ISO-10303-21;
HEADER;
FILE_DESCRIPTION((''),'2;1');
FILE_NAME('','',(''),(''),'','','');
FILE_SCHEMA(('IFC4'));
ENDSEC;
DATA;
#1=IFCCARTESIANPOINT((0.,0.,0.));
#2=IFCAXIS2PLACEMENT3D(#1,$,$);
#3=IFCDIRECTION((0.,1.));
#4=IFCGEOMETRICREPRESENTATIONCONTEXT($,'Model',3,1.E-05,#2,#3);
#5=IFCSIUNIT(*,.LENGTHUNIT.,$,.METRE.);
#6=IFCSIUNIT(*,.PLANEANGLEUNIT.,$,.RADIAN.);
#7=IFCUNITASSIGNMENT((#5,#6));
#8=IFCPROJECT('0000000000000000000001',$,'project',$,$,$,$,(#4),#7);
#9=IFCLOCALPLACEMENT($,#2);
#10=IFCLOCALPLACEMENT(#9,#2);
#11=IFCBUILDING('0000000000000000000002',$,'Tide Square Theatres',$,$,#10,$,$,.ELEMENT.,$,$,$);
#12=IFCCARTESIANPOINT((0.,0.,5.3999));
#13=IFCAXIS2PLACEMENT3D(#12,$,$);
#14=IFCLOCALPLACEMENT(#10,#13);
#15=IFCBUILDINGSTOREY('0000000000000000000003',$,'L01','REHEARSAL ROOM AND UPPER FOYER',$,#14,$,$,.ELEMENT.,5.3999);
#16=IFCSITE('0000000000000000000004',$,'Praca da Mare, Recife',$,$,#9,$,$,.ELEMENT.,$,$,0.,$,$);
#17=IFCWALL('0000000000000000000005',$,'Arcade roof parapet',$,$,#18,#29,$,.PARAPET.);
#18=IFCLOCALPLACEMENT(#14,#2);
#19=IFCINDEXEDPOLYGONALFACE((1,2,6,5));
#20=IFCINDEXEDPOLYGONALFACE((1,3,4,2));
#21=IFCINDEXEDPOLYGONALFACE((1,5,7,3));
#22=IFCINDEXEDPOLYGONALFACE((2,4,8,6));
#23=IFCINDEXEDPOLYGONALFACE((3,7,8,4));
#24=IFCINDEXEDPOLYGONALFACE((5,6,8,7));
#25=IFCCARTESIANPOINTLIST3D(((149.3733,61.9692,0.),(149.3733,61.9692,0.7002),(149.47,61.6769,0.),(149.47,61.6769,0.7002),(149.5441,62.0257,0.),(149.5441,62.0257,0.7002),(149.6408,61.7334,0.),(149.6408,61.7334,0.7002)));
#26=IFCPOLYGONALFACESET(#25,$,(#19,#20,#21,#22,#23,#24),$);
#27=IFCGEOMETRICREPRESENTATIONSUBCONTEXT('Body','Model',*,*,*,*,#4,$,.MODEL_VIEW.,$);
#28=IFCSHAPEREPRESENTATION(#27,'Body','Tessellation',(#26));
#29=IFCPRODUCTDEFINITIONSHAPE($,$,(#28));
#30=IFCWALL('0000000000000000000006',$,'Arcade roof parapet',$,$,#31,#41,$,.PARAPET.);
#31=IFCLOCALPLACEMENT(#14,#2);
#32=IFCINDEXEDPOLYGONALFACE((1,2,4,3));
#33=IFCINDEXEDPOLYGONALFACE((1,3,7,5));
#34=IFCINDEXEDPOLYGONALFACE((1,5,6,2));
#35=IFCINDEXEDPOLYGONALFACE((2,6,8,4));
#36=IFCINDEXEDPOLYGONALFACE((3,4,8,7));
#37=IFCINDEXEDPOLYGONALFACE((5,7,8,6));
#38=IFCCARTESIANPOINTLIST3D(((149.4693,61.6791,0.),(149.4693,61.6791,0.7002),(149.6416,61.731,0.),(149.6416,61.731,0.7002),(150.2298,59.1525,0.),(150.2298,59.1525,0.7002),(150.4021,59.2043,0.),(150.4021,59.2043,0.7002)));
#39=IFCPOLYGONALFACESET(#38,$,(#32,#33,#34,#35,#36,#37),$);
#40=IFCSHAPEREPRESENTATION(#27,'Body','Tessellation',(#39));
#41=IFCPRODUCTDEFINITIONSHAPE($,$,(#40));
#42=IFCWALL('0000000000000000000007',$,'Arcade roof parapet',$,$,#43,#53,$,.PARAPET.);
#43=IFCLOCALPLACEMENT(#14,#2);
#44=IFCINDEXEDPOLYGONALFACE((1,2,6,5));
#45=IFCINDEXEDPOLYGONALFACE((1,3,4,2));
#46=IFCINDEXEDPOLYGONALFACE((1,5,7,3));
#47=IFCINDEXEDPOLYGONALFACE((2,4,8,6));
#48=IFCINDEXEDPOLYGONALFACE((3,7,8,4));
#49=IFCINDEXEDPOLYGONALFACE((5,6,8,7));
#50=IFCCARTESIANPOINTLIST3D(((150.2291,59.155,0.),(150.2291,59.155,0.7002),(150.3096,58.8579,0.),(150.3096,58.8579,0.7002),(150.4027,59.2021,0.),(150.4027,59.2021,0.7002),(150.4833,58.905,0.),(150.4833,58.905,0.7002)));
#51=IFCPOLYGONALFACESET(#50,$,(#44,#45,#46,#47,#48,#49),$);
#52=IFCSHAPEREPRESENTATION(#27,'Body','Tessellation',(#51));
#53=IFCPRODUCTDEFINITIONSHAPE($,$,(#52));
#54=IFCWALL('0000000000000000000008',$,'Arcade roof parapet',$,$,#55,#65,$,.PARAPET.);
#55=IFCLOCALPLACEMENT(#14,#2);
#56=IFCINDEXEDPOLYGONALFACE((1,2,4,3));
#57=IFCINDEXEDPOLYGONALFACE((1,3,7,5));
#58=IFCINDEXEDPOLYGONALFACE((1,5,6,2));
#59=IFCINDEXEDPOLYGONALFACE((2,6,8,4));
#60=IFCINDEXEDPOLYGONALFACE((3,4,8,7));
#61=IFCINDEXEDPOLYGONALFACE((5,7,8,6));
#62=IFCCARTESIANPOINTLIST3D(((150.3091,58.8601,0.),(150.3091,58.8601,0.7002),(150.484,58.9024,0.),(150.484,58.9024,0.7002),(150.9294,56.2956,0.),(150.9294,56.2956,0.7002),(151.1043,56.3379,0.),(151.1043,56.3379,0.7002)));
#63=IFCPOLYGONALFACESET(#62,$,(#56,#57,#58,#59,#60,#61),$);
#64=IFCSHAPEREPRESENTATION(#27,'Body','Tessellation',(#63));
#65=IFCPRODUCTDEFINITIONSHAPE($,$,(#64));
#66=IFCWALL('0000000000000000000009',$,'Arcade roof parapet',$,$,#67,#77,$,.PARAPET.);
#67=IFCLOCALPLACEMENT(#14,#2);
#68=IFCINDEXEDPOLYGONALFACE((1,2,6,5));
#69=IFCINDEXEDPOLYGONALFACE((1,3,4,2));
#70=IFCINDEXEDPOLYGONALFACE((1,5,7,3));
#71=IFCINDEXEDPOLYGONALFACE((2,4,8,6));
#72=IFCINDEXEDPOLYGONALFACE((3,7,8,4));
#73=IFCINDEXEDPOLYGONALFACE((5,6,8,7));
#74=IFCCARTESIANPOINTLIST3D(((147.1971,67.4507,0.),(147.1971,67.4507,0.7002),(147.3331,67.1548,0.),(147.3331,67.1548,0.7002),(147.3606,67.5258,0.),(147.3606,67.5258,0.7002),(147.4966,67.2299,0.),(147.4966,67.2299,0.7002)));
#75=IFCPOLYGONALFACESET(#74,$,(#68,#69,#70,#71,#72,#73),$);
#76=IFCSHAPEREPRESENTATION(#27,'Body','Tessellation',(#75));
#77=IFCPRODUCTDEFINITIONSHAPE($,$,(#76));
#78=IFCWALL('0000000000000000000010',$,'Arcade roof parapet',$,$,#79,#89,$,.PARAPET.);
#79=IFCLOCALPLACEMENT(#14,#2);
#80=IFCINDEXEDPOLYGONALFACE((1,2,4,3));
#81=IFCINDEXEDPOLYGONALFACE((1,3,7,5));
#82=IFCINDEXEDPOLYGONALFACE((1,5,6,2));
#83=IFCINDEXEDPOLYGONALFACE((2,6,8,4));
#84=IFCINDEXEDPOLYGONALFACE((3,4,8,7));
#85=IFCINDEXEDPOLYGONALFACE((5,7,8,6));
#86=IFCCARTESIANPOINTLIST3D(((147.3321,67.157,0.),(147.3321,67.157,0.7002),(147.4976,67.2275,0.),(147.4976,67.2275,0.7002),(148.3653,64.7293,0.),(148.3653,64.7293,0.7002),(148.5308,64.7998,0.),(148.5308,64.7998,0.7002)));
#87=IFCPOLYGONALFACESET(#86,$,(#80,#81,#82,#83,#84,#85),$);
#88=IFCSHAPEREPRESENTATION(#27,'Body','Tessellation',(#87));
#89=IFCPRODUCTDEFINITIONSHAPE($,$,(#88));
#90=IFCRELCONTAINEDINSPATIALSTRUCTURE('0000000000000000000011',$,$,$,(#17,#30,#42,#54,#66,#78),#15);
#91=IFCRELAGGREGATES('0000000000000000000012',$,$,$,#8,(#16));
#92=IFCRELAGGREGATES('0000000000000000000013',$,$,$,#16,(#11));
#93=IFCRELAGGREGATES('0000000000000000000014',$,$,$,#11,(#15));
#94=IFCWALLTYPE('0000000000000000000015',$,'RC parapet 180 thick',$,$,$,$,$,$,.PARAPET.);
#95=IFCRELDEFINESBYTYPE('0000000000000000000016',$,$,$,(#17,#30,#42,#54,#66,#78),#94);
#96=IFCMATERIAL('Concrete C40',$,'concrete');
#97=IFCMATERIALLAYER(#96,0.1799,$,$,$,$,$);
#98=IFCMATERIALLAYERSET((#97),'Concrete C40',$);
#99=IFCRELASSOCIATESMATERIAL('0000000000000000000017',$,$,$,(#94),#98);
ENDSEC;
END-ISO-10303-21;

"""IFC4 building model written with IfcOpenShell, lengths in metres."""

from ifc_helpers import new_model, si_unit, direction, frame, frame_2d, origin, place, context, subcontext, project, spatial, rectangle, extrude, material, layer, layer_set, type_object, element, save


model = new_model("IFC4")

# Units and contexts
model_context = context("Model", 3, precision=1e-05, world=origin(), true_north=direction((0.0, 1.0)))
body_context = subcontext(model_context, "Body", "Model", "MODEL_VIEW")
ifc_project = project(units=[si_unit("LENGTHUNIT", "METRE"), si_unit("PLANEANGLEUNIT", "RADIAN")], contexts=[model_context])

# Site, building, storey
site_placement = place(None, origin())
site = spatial("IfcSite", under=ifc_project, at=site_placement, Name="Praca da Mare, Recife", CompositionType="ELEMENT", RefElevation=0.0)
building_placement = place(site_placement, origin())
building = spatial("IfcBuilding", under=site, at=building_placement, Name="Tide Square Theatres", CompositionType="ELEMENT")
storey_placement = place(building_placement, frame((0.0, 0.0, 5.3999)))
storey = spatial("IfcBuildingStorey", under=building, at=storey_placement, Name="L01", Description="REHEARSAL ROOM AND UPPER FOYER", CompositionType="ELEMENT", Elevation=5.3999)

# Walls
ifc_material_1 = material(Name="Concrete C40", Category="concrete")
ifc_layer = layer(ifc_material_1, 0.1799)
ifc_layer_set = layer_set([ifc_layer], Name="Concrete C40")
wall_type = type_object("IfcWallType", Name="RC parapet 180 thick", PredefinedType="PARAPET", material=ifc_layer_set)
wall_1_placement = place(storey_placement, frame((149.4587, 61.9973, 0.0), z_axis=(0.0, 0.0, 1.0), x_axis=(0.314085, -0.949395, 0.0)))
element("IfcWall", 1, at=wall_1_placement, inside=storey, type_object=wall_type, Name="Arcade roof parapet", PredefinedType="PARAPET", context=body_context, shape_type="SweptSolid", body=[
    extrude(rectangle(XDim=0.3079, YDim=0.1799, at=frame_2d((0.1538, 0.0))), origin(), (0.0, 0.0, 1.0), 0.7002),
])
wall_2_placement = place(storey_placement, frame((149.5554, 61.7051, 0.0), z_axis=(0.0, 0.0, 1.0), x_axis=(0.288222, -0.957564, 0.0)))
element("IfcWall", 2, at=wall_2_placement, inside=storey, type_object=wall_type, Name="Arcade roof parapet", PredefinedType="PARAPET", context=body_context, shape_type="SweptSolid", body=[
    extrude(rectangle(XDim=2.6387, YDim=0.1799, at=frame_2d((1.3193, 0.0))), origin(), (0.0, 0.0, 1.0), 0.7002),
])
wall_3_placement = place(storey_placement, frame((150.3159, 59.1785, 0.0), z_axis=(0.0, 0.0, 1.0), x_axis=(0.261708, -0.965147, 0.0)))
element("IfcWall", 3, at=wall_3_placement, inside=storey, type_object=wall_type, Name="Arcade roof parapet", PredefinedType="PARAPET", context=body_context, shape_type="SweptSolid", body=[
    extrude(rectangle(XDim=0.3079, YDim=0.1799, at=frame_2d((0.1538, 0.0))), origin(), (0.0, 0.0, 1.0), 0.7002),
])
wall_4_placement = place(storey_placement, frame((150.3965, 58.8813, 0.0), z_axis=(0.0, 0.0, 1.0), x_axis=(0.235126, -0.971965, 0.0)))
element("IfcWall", 4, at=wall_4_placement, inside=storey, type_object=wall_type, Name="Arcade roof parapet", PredefinedType="PARAPET", context=body_context, shape_type="SweptSolid", body=[
    extrude(rectangle(XDim=2.6384, YDim=0.1799, at=frame_2d((1.3193, 0.0))), origin(), (0.0, 0.0, 1.0), 0.7002),
])
wall_5_placement = place(storey_placement, frame((147.2788, 67.4883, 0.0), z_axis=(0.0, 0.0, 1.0), x_axis=(0.417584, -0.908638, 0.0)))
element("IfcWall", 5, at=wall_5_placement, inside=storey, type_object=wall_type, Name="Arcade roof parapet", PredefinedType="PARAPET", context=body_context, shape_type="SweptSolid", body=[
    extrude(rectangle(XDim=0.3257, YDim=0.1799, at=frame_2d((0.1628, 0.0))), origin(), (0.0, 0.0, 1.0), 0.7002),
])
wall_6_placement = place(storey_placement, frame((147.4148, 67.1924, 0.0), z_axis=(0.0, 0.0, 1.0), x_axis=(0.391595, -0.920138, 0.0)))
element("IfcWall", 6, at=wall_6_placement, inside=storey, type_object=wall_type, Name="Arcade roof parapet", PredefinedType="PARAPET", context=body_context, shape_type="SweptSolid", body=[
    extrude(rectangle(XDim=2.6384, YDim=0.1799, at=frame_2d((1.3193, 0.0))), origin(), (0.0, 0.0, 1.0), 0.7002),
])

save(model, "model.ifc")
